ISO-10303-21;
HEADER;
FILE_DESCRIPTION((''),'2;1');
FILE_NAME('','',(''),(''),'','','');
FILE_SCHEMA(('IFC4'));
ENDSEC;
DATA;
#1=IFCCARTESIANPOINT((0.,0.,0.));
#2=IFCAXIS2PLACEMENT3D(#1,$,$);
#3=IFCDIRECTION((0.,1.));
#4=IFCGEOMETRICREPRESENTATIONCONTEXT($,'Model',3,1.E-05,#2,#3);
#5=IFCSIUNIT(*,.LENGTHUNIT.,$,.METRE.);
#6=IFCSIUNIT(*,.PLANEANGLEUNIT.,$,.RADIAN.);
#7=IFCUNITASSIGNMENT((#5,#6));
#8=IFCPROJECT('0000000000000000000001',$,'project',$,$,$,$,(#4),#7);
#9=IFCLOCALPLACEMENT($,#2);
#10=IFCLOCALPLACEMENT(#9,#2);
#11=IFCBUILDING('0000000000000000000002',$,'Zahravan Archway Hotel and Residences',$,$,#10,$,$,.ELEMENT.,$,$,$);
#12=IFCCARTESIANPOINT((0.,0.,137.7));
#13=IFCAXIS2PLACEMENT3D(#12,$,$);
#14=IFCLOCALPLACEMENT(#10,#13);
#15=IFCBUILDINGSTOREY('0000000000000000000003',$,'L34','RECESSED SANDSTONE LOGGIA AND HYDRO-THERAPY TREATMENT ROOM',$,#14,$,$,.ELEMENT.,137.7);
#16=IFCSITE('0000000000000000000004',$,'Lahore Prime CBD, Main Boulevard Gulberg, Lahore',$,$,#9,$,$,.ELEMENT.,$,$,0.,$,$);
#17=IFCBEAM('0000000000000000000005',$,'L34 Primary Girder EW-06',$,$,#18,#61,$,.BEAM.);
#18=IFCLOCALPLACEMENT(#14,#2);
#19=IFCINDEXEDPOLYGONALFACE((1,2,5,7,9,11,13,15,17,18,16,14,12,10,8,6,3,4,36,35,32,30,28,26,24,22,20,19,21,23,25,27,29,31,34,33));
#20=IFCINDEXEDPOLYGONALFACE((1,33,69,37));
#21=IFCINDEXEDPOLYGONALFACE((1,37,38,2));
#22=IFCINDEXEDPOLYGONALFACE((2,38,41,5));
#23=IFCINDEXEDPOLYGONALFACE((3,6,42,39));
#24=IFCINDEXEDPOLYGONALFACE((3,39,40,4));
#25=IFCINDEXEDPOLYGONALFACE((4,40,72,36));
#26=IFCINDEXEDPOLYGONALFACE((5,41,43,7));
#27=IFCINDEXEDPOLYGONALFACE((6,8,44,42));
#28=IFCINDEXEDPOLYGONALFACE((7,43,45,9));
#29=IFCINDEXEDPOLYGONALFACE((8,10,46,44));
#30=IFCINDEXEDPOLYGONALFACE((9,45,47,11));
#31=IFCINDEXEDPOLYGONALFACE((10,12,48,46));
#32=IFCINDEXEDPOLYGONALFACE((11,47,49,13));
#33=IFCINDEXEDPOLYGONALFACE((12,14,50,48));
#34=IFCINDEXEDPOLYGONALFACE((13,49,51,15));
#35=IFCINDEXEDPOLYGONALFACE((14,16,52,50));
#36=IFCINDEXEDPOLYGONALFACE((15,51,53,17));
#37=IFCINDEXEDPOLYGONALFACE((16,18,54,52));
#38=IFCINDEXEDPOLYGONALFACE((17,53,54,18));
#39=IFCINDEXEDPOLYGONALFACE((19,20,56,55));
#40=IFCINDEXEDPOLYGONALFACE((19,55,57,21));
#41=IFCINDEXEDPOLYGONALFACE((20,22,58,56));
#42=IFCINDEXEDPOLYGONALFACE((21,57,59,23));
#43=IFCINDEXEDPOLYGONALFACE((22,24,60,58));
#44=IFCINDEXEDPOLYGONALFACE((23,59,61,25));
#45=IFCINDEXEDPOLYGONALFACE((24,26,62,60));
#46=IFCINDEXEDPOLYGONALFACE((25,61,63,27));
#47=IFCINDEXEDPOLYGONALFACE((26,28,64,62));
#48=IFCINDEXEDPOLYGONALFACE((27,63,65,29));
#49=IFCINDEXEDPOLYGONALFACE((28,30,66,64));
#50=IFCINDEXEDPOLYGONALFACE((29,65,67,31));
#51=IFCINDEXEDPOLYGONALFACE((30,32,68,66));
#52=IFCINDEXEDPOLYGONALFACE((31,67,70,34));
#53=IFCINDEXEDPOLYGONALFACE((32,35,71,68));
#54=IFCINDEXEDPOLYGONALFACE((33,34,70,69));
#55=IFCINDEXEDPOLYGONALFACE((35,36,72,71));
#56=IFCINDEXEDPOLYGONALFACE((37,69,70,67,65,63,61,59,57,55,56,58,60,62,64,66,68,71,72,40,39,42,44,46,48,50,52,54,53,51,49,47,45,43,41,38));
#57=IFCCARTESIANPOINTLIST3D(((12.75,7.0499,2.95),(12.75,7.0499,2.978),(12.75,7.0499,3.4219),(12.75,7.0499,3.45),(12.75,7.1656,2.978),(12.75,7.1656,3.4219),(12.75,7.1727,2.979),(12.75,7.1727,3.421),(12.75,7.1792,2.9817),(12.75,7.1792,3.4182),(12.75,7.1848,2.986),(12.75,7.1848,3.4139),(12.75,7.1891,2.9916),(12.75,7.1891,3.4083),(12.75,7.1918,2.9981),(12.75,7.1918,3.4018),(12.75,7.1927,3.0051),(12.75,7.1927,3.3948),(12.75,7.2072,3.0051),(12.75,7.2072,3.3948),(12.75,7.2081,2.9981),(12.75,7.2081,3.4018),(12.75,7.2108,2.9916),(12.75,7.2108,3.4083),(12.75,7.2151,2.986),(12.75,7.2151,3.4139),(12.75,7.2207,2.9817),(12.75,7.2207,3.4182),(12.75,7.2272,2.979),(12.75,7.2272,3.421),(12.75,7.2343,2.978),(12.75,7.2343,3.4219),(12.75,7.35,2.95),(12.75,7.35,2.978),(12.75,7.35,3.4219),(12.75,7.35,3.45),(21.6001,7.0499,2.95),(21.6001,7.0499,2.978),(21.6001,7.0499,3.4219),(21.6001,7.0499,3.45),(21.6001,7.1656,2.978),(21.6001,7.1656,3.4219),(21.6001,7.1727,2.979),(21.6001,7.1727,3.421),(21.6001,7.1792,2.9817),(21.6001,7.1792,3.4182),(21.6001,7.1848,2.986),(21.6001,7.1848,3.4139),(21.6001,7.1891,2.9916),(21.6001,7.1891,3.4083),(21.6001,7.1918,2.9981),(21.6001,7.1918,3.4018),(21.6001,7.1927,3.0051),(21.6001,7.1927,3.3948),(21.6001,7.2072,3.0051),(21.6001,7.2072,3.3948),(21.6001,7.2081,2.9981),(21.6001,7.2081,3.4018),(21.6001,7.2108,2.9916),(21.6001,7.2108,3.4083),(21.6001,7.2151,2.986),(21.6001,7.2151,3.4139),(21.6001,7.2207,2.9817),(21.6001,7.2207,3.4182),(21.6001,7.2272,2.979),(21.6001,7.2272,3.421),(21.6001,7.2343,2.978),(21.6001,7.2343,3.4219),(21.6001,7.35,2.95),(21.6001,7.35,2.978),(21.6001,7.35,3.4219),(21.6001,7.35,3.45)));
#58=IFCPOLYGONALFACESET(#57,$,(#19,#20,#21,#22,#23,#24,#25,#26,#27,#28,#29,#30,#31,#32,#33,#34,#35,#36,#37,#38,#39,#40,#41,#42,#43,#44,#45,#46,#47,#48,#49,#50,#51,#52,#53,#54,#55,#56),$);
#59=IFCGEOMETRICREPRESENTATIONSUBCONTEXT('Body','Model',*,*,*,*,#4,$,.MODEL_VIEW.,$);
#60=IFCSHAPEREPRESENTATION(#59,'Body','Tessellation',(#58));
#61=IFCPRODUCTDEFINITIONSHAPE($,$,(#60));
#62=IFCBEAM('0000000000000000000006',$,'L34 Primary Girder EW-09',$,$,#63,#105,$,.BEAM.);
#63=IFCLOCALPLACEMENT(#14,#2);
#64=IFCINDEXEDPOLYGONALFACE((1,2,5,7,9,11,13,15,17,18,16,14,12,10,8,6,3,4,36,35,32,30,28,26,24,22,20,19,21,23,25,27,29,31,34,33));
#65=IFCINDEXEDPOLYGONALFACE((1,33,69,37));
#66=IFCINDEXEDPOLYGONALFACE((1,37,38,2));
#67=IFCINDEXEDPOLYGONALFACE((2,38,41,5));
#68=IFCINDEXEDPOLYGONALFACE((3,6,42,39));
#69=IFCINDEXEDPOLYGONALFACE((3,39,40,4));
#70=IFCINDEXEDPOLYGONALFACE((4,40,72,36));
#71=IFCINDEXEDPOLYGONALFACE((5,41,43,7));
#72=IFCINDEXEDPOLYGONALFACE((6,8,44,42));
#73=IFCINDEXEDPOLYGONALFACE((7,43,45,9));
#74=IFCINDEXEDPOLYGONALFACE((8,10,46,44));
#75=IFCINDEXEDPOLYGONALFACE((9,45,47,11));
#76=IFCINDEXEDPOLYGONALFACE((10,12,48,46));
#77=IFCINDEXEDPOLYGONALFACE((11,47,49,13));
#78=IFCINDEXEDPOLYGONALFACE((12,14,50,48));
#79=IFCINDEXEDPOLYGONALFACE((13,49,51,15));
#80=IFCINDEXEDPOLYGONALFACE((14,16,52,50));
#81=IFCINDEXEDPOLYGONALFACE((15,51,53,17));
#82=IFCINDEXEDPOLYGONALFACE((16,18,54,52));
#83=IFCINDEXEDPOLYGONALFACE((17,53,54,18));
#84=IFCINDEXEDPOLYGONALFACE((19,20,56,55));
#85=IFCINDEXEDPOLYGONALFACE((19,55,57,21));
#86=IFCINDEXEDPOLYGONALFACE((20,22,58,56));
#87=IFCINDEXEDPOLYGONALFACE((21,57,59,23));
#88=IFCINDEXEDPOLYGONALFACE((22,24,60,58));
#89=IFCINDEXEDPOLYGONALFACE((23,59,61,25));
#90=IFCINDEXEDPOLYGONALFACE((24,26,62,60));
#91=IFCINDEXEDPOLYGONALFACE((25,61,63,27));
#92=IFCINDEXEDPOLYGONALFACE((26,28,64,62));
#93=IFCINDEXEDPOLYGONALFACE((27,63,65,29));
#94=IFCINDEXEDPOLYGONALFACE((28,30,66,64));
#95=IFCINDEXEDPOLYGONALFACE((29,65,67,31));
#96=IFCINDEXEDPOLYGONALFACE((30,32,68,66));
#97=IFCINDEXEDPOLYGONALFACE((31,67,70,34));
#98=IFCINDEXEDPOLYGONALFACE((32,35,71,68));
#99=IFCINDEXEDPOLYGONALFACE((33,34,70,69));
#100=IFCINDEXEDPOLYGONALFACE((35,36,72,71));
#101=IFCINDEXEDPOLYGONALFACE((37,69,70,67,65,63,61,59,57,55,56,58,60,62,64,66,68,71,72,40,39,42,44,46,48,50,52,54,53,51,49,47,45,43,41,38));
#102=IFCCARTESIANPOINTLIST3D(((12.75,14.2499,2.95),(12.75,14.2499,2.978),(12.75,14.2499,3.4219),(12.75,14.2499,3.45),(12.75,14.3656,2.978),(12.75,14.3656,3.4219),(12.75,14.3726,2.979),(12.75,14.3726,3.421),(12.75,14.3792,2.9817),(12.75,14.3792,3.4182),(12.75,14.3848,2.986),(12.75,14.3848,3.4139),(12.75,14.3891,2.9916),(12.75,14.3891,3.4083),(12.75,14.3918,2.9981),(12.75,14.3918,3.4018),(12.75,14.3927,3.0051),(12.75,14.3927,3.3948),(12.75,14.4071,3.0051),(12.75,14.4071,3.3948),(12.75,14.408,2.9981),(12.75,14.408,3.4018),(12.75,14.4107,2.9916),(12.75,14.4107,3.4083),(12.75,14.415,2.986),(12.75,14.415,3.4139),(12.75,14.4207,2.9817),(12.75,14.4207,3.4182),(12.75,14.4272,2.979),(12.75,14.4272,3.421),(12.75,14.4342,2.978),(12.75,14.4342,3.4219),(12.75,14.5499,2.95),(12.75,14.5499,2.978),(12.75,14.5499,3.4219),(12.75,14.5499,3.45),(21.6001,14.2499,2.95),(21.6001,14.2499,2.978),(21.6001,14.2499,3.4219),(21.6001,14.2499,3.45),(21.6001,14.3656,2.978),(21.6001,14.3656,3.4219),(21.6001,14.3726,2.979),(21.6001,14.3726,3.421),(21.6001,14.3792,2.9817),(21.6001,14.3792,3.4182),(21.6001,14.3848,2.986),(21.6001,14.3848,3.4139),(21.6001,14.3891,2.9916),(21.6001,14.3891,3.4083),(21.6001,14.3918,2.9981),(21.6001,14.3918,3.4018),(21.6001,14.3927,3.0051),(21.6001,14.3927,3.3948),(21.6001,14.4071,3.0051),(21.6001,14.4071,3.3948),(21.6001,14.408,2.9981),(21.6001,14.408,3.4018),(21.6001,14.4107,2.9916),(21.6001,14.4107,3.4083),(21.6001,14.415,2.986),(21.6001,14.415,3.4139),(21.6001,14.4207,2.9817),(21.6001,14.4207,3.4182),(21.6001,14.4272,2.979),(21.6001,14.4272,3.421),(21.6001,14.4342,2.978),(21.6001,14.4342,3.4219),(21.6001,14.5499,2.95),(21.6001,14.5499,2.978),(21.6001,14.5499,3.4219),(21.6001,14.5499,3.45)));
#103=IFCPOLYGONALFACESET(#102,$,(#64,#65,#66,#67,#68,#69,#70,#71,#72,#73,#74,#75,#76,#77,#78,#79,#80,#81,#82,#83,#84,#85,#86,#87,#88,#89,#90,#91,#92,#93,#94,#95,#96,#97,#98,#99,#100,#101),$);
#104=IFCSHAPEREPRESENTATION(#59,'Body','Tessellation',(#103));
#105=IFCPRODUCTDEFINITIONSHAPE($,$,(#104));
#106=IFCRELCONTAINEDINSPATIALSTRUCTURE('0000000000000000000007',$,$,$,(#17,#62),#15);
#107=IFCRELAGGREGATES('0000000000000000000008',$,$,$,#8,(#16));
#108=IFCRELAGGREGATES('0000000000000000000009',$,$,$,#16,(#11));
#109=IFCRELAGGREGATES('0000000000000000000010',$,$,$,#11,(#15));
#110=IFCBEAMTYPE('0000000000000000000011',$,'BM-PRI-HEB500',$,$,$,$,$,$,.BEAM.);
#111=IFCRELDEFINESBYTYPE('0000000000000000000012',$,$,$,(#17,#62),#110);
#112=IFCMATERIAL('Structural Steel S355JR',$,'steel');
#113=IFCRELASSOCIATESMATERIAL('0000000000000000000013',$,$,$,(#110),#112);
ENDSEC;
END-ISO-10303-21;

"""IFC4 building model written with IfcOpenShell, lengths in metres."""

from ifc_helpers import new_model, si_unit, direction, frame, origin, origin_2d, place, context, subcontext, project, spatial, i_section, extrude, source, transform, mapped, material, material_profile, profile_set, type_object, element, save


model = new_model("IFC4")

# Units and contexts
model_context = context("Model", 3, precision=1e-05, world=origin(), true_north=direction((0.0, 1.0)))
body_context = subcontext(model_context, "Body", "Model", "MODEL_VIEW")
ifc_project = project(units=[si_unit("LENGTHUNIT", "METRE"), si_unit("PLANEANGLEUNIT", "RADIAN")], contexts=[model_context])

# Site, building, storey
site_placement = place(None, origin())
site = spatial("IfcSite", under=ifc_project, at=site_placement, Name="Lahore Prime CBD, Main Boulevard Gulberg, Lahore", CompositionType="ELEMENT", RefElevation=0.0)
building_placement = place(site_placement, origin())
building = spatial("IfcBuilding", under=site, at=building_placement, Name="Zahravan Archway Hotel and Residences", CompositionType="ELEMENT")
storey_placement = place(building_placement, frame((0.0, 0.0, 137.7)))
storey = spatial("IfcBuildingStorey", under=building, at=storey_placement, Name="L34", Description="RECESSED SANDSTONE LOGGIA AND HYDRO-THERAPY TREATMENT ROOM", CompositionType="ELEMENT", Elevation=137.7)

# Beams
ifc_material_1 = material(Name="Structural Steel S355JR", Category="steel")
ifc_material_profile_1 = material_profile(ifc_material_1, i_section(OverallWidth=0.3, OverallDepth=0.5, WebThickness=0.0144, FlangeThickness=0.0281, FilletRadius=0.0271, at=origin_2d()), Name="HEB 500", Category="steel")
ifc_profile_set_1 = profile_set([ifc_material_profile_1], Name="Structural Steel S355JR")
beam_type = type_object("IfcBeamType", Name="BM-PRI-HEB500", PredefinedType="BEAM", material=ifc_profile_set_1)
shared_shape_1 = source(origin(), body_context, "Body", "SweptSolid", [
    extrude(i_section(OverallWidth=0.3, OverallDepth=0.5, WebThickness=0.0144, FlangeThickness=0.0281, FilletRadius=0.0271, at=origin_2d()), origin(), (0.0, 0.0, 1.0), 8.8501),
])
for number, where, z_axis, x_axis, name in (
    (1, (12.75, 7.2, 3.2), (1.0, 0.0, 0.0), (0.0, 1.0, 0.0), "L34 Primary Girder EW-06"),
    (2, (12.75, 14.3999, 3.2), (1.0, 0.0, 0.0), (0.0, 1.0, 0.0), "L34 Primary Girder EW-09"),
):
    element("IfcBeam", number, at=place(storey_placement, frame(where, z_axis=z_axis, x_axis=x_axis)), inside=storey, type_object=beam_type, Name=name, PredefinedType="BEAM", context=body_context, shape_type="MappedRepresentation", body=[
        mapped(shared_shape_1, transform((0.0, 0.0, 0.0), scale=1.0)),
    ])

save(model, "model.ifc")
